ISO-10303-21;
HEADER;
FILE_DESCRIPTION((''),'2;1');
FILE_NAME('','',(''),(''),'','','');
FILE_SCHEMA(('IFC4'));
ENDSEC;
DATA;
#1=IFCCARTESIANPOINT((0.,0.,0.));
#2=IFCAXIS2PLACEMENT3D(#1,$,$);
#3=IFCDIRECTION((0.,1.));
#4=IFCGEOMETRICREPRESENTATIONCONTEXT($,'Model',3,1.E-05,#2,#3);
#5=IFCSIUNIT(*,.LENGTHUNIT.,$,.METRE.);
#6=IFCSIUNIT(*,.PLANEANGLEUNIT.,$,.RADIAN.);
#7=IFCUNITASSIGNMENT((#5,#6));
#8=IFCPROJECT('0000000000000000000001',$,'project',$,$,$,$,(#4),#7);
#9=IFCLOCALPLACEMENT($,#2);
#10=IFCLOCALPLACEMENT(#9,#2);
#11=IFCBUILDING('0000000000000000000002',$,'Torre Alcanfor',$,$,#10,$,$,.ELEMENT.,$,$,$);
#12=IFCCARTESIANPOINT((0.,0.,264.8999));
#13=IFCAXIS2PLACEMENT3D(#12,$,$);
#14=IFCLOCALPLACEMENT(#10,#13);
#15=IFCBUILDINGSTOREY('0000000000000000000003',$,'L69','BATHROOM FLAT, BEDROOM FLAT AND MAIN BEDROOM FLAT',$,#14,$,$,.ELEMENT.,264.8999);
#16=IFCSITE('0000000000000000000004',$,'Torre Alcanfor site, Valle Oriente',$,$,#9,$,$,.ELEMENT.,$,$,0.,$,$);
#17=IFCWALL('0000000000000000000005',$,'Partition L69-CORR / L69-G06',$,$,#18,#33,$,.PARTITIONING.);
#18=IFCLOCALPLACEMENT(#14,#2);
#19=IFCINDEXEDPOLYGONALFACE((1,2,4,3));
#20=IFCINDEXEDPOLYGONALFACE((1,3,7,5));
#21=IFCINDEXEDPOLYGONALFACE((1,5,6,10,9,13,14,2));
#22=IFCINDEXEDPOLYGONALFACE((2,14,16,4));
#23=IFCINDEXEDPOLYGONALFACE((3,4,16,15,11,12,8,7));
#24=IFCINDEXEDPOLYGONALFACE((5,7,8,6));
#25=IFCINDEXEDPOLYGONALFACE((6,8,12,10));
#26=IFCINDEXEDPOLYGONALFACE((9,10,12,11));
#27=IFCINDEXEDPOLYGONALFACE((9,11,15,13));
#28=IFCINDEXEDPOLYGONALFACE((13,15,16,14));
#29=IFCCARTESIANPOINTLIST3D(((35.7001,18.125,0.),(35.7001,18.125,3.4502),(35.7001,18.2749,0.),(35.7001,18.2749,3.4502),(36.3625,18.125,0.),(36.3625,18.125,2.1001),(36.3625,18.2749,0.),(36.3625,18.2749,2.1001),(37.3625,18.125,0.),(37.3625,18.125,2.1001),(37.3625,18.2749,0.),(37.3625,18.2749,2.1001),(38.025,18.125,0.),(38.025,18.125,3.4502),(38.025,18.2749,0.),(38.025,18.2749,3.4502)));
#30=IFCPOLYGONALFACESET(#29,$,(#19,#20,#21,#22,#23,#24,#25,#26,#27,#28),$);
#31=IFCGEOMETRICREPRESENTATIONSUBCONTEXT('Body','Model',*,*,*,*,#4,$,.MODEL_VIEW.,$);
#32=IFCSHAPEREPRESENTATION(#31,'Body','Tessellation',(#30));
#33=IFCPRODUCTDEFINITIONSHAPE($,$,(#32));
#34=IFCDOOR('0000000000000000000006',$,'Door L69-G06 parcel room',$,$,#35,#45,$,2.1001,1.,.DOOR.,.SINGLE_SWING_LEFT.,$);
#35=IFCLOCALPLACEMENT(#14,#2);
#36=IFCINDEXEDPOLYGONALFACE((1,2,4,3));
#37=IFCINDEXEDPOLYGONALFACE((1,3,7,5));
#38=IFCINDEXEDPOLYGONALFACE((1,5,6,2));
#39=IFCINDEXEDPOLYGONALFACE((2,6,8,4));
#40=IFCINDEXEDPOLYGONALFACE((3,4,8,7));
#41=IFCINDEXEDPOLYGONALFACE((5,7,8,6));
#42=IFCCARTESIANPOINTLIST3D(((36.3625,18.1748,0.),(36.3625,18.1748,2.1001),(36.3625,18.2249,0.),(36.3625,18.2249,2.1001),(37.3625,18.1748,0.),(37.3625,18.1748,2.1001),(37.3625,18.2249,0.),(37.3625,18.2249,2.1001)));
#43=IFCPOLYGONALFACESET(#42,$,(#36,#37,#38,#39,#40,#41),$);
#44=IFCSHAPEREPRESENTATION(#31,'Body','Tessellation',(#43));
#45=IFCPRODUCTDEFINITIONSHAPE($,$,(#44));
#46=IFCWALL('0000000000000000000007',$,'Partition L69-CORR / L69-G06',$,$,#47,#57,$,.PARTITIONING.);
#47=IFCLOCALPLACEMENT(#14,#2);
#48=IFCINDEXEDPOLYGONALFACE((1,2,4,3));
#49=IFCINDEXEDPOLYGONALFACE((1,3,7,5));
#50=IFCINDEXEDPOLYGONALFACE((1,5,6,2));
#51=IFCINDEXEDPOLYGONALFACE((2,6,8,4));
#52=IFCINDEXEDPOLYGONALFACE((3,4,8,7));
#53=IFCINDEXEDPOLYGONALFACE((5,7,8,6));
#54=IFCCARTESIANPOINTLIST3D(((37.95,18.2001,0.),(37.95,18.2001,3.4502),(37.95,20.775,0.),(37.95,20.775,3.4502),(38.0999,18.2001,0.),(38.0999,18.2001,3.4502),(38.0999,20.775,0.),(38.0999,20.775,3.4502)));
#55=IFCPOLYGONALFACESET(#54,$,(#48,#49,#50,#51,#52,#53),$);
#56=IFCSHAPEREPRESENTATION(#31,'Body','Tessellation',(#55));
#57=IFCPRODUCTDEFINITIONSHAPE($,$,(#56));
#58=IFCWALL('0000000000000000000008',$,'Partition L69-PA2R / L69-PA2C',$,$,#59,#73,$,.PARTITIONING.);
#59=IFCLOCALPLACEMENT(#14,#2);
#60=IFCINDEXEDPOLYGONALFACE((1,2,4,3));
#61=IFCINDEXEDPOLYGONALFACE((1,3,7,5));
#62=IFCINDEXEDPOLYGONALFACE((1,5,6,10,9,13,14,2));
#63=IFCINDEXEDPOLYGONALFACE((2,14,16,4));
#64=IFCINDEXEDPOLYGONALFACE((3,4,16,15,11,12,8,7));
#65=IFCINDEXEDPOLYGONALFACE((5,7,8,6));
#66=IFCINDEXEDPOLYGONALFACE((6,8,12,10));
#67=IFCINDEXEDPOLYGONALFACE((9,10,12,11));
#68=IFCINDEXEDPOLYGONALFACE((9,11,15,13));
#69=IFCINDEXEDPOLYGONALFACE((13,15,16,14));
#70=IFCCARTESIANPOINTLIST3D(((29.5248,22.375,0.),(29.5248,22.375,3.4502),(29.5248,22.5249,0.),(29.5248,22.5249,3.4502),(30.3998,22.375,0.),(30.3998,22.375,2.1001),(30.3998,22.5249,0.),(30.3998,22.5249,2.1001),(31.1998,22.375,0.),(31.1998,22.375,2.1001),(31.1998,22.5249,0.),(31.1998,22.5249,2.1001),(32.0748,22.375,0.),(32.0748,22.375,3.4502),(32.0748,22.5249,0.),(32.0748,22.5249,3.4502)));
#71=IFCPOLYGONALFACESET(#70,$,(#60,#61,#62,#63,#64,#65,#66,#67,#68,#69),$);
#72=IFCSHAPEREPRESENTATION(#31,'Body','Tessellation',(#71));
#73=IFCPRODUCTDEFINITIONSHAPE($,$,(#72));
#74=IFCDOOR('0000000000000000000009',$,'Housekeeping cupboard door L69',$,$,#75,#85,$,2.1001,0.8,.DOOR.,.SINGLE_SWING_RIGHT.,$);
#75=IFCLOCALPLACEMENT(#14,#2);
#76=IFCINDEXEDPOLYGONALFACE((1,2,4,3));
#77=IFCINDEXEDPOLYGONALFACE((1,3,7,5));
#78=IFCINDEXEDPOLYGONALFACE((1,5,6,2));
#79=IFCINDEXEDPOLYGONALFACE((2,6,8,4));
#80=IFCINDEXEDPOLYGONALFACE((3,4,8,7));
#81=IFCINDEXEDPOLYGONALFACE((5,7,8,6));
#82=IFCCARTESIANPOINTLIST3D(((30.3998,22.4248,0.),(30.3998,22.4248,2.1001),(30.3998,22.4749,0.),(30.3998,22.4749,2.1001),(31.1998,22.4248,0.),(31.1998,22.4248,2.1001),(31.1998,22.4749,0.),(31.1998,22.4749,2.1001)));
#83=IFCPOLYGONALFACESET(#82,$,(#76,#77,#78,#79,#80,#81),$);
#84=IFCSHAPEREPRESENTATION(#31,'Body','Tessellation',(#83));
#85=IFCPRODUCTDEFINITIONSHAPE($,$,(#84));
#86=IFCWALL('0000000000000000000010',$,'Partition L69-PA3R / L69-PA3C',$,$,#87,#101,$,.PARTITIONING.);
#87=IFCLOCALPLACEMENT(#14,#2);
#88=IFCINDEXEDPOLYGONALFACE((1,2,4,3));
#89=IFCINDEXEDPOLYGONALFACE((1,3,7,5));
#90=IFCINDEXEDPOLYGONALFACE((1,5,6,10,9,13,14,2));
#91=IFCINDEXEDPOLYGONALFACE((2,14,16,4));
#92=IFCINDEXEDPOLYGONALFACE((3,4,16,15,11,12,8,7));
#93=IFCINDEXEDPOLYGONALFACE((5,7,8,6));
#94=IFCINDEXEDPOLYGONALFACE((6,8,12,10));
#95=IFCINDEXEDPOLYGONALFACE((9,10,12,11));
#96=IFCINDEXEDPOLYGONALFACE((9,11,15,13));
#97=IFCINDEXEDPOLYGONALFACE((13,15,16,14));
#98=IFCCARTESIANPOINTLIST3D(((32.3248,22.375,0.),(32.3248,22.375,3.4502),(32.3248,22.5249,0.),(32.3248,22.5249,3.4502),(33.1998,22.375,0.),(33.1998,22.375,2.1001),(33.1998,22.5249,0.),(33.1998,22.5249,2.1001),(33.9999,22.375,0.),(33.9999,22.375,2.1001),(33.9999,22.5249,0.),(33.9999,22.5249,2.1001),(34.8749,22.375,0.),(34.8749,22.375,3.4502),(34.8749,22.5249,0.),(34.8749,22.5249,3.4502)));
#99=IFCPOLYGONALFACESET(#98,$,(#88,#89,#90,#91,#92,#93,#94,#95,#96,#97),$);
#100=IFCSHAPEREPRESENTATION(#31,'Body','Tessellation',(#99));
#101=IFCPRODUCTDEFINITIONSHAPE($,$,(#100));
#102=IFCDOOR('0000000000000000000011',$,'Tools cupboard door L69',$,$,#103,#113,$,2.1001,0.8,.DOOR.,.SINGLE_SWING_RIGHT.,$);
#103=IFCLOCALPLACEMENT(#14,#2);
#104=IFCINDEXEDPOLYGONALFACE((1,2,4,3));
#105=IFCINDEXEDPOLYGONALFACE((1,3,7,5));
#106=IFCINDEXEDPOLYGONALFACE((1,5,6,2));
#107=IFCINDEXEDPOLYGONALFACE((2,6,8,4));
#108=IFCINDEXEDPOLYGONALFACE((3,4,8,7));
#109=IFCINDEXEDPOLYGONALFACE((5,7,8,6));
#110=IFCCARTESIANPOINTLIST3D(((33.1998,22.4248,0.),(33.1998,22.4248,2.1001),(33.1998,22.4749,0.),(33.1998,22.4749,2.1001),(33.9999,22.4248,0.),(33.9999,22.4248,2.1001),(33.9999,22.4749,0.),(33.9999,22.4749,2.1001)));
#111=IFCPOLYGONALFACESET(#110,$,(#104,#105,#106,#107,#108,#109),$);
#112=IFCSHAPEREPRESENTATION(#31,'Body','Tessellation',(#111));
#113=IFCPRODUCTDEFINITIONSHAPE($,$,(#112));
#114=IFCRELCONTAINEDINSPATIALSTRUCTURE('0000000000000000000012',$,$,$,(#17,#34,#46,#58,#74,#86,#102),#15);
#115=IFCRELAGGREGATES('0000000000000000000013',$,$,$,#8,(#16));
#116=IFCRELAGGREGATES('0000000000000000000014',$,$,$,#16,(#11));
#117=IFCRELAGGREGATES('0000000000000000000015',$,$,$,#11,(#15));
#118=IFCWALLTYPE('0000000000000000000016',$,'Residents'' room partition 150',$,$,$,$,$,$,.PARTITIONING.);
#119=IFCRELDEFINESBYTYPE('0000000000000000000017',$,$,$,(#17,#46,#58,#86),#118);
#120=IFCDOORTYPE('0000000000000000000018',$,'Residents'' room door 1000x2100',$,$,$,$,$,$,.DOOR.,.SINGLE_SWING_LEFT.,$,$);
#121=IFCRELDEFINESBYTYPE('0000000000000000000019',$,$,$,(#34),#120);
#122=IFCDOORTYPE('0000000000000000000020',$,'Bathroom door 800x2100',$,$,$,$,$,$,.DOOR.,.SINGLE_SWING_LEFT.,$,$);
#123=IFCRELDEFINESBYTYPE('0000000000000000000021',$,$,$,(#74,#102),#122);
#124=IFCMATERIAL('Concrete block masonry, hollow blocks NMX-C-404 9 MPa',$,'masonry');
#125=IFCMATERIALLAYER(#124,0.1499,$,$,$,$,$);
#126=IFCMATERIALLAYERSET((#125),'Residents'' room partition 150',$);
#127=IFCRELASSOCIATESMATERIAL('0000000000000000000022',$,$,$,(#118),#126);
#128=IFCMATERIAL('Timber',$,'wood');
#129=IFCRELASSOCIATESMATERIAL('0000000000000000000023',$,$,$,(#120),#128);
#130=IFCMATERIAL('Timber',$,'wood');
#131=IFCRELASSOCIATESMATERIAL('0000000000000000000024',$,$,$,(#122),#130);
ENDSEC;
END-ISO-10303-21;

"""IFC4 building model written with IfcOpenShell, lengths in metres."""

from ifc_helpers import new_model, si_unit, direction, frame, frame_2d, origin, place, context, subcontext, project, spatial, rectangle, extrude, material, layer, layer_set, type_object, element, fill, save


model = new_model("IFC4")

# Units and contexts
model_context = context("Model", 3, precision=1e-05, world=origin(), true_north=direction((0.0, 1.0)))
body_context = subcontext(model_context, "Body", "Model", "MODEL_VIEW")
ifc_project = project(units=[si_unit("LENGTHUNIT", "METRE"), si_unit("PLANEANGLEUNIT", "RADIAN")], contexts=[model_context])

# Site, building, storey
site_placement = place(None, origin())
site = spatial("IfcSite", under=ifc_project, at=site_placement, Name="Torre Alcanfor site, Valle Oriente", CompositionType="ELEMENT", RefElevation=0.0)
building_placement = place(site_placement, origin())
building = spatial("IfcBuilding", under=site, at=building_placement, Name="Torre Alcanfor", CompositionType="ELEMENT")
storey_placement = place(building_placement, frame((0.0, 0.0, 264.8999)))
storey = spatial("IfcBuildingStorey", under=building, at=storey_placement, Name="L69", Description="BATHROOM FLAT, BEDROOM FLAT AND MAIN BEDROOM FLAT", CompositionType="ELEMENT", Elevation=264.8999)

# Shared definitions
ifc_material_1 = material(Name="Concrete block masonry, hollow blocks NMX-C-404 9 MPa", Category="masonry")
ifc_layer_1 = layer(ifc_material_1, 0.1499)
ifc_layer_set_1 = layer_set([ifc_layer_1], Name="Residents' room partition 150")
wall_type_1 = type_object("IfcWallType", Name="Residents' room partition 150", PredefinedType="PARTITIONING", material=ifc_layer_set_1)

# Shared definitions
ifc_material_2 = material(Name="Timber", Category="wood")
door_type_1 = type_object("IfcDoorType", Name="Residents' room door 1000x2100", OperationType="SINGLE_SWING_LEFT", PredefinedType="DOOR", material=ifc_material_2)

# Wall, opening, door
wall_1_placement = place(storey_placement, frame((35.7, 18.2, 0.0), z_axis=(0.0, 0.0, 1.0), x_axis=(1.0, 0.0, 0.0)))
wall_1 = element("IfcWall", 1, at=wall_1_placement, inside=storey, type_object=wall_type_1, Name="Partition L69-CORR / L69-G06", PredefinedType="PARTITIONING", context=body_context, shape_type="SweptSolid", body=[
    extrude(rectangle(XDim=2.325, YDim=0.1499, at=frame_2d((1.1626, 0.0))), origin(), (0.0, 0.0, 1.0), 3.4502),
])
opening_1_placement = place(wall_1_placement, frame((0.6626, 0.0, 0.0)))
opening_1 = element("IfcOpeningElement", 2, at=opening_1_placement, cuts=wall_1, PredefinedType="OPENING", context=body_context, shape_type="SweptSolid", body=[
    extrude(rectangle(XDim=1.0, YDim=2.1001, at=frame_2d((0.5, 1.05))), frame((0.0, 0.085, 0.0), z_axis=(0.0, -1.0, 0.0), x_axis=(1.0, 0.0, 0.0)), (0.0, 0.0, 1.0), 0.1699),
])
door_1_placement = place(opening_1_placement, origin())
door_1 = element("IfcDoor", 3, at=door_1_placement, inside=storey, type_object=door_type_1, Name="Door L69-G06 parcel room", OperationType="SINGLE_SWING_LEFT", OverallHeight=2.1001, OverallWidth=1.0, PredefinedType="DOOR", context=body_context, shape_type="SweptSolid", body=[
    extrude(rectangle(XDim=1.0, YDim=2.1001, at=frame_2d((0.5, 1.05))), frame((0.0, 0.0249, 0.0), z_axis=(0.0, -1.0, 0.0), x_axis=(1.0, 0.0, 0.0)), (0.0, 0.0, 1.0), 0.05),
])
fill(opening_1, door_1)

# Wall
wall_2_placement = place(storey_placement, frame((38.0249, 18.2, 0.0), z_axis=(0.0, 0.0, 1.0), x_axis=(0.0, 1.0, 0.0)))
element("IfcWall", 4, at=wall_2_placement, inside=storey, type_object=wall_type_1, Name="Partition L69-CORR / L69-G06", PredefinedType="PARTITIONING", context=body_context, shape_type="SweptSolid", body=[
    extrude(rectangle(XDim=2.575, YDim=0.1499, at=frame_2d((1.2876, 0.0))), origin(), (0.0, 0.0, 1.0), 3.4502),
])

# Walls, openings, doors
wall_3_placement = place(storey_placement, frame((29.5249, 22.45, 0.0), z_axis=(0.0, 0.0, 1.0), x_axis=(1.0, 0.0, 0.0)))
wall_3 = element("IfcWall", 5, at=wall_3_placement, inside=storey, type_object=wall_type_1, Name="Partition L69-PA2R / L69-PA2C", PredefinedType="PARTITIONING", context=body_context, shape_type="SweptSolid", body=[
    extrude(rectangle(XDim=2.55, YDim=0.1499, at=frame_2d((1.2749, 0.0))), origin(), (0.0, 0.0, 1.0), 3.4502),
])
opening_2_placement = place(wall_3_placement, frame((0.875, 0.0, 0.0)))
opening_2 = element("IfcOpeningElement", 6, at=opening_2_placement, cuts=wall_3, PredefinedType="OPENING", context=body_context, shape_type="SweptSolid", body=[
    extrude(rectangle(XDim=0.8, YDim=2.1001, at=frame_2d((0.3999, 1.05))), frame((0.0, 0.085, 0.0), z_axis=(0.0, -1.0, 0.0), x_axis=(1.0, 0.0, 0.0)), (0.0, 0.0, 1.0), 0.1699),
])
ifc_material_3 = material(Name="Timber", Category="wood")
door_type_2 = type_object("IfcDoorType", Name="Bathroom door 800x2100", OperationType="SINGLE_SWING_LEFT", PredefinedType="DOOR", material=ifc_material_3)
door_2_placement = place(opening_2_placement, frame((0.8, 0.0, 0.0), z_axis=(0.0, 0.0, 1.0), x_axis=(-1.0, 0.0, 0.0)))
door_2 = element("IfcDoor", 7, at=door_2_placement, inside=storey, type_object=door_type_2, Name="Housekeeping cupboard door L69", OperationType="SINGLE_SWING_RIGHT", OverallHeight=2.1001, OverallWidth=0.8, PredefinedType="DOOR", context=body_context, shape_type="SweptSolid", body=[
    extrude(rectangle(XDim=0.8, YDim=2.1001, at=frame_2d((0.4001, 1.05))), frame((0.0, 0.0251, 0.0), z_axis=(0.0, -1.0, 0.0), x_axis=(1.0, 0.0, 0.0)), (0.0, 0.0, 1.0), 0.05),
])
fill(opening_2, door_2)
wall_4_placement = place(storey_placement, frame((32.325, 22.45, 0.0), z_axis=(0.0, 0.0, 1.0), x_axis=(1.0, 0.0, 0.0)))
wall_4 = element("IfcWall", 8, at=wall_4_placement, inside=storey, type_object=wall_type_1, Name="Partition L69-PA3R / L69-PA3C", PredefinedType="PARTITIONING", context=body_context, shape_type="SweptSolid", body=[
    extrude(rectangle(XDim=2.55, YDim=0.1499, at=frame_2d((1.2749, 0.0))), origin(), (0.0, 0.0, 1.0), 3.4502),
])
opening_3_placement = place(wall_4_placement, frame((0.875, 0.0, 0.0)))
opening_3 = element("IfcOpeningElement", 9, at=opening_3_placement, cuts=wall_4, PredefinedType="OPENING", context=body_context, shape_type="SweptSolid", body=[
    extrude(rectangle(XDim=0.8, YDim=2.1001, at=frame_2d((0.3999, 1.05))), frame((0.0, 0.085, 0.0), z_axis=(0.0, -1.0, 0.0), x_axis=(1.0, 0.0, 0.0)), (0.0, 0.0, 1.0), 0.1699),
])
door_3_placement = place(opening_3_placement, frame((0.8, 0.0, 0.0), z_axis=(0.0, 0.0, 1.0), x_axis=(-1.0, 0.0, 0.0)))
door_3 = element("IfcDoor", 10, at=door_3_placement, inside=storey, type_object=door_type_2, Name="Tools cupboard door L69", OperationType="SINGLE_SWING_RIGHT", OverallHeight=2.1001, OverallWidth=0.8, PredefinedType="DOOR", context=body_context, shape_type="SweptSolid", body=[
    extrude(rectangle(XDim=0.8, YDim=2.1001, at=frame_2d((0.4001, 1.05))), frame((0.0, 0.0251, 0.0), z_axis=(0.0, -1.0, 0.0), x_axis=(1.0, 0.0, 0.0)), (0.0, 0.0, 1.0), 0.05),
])
fill(opening_3, door_3)

save(model, "model.ifc")
